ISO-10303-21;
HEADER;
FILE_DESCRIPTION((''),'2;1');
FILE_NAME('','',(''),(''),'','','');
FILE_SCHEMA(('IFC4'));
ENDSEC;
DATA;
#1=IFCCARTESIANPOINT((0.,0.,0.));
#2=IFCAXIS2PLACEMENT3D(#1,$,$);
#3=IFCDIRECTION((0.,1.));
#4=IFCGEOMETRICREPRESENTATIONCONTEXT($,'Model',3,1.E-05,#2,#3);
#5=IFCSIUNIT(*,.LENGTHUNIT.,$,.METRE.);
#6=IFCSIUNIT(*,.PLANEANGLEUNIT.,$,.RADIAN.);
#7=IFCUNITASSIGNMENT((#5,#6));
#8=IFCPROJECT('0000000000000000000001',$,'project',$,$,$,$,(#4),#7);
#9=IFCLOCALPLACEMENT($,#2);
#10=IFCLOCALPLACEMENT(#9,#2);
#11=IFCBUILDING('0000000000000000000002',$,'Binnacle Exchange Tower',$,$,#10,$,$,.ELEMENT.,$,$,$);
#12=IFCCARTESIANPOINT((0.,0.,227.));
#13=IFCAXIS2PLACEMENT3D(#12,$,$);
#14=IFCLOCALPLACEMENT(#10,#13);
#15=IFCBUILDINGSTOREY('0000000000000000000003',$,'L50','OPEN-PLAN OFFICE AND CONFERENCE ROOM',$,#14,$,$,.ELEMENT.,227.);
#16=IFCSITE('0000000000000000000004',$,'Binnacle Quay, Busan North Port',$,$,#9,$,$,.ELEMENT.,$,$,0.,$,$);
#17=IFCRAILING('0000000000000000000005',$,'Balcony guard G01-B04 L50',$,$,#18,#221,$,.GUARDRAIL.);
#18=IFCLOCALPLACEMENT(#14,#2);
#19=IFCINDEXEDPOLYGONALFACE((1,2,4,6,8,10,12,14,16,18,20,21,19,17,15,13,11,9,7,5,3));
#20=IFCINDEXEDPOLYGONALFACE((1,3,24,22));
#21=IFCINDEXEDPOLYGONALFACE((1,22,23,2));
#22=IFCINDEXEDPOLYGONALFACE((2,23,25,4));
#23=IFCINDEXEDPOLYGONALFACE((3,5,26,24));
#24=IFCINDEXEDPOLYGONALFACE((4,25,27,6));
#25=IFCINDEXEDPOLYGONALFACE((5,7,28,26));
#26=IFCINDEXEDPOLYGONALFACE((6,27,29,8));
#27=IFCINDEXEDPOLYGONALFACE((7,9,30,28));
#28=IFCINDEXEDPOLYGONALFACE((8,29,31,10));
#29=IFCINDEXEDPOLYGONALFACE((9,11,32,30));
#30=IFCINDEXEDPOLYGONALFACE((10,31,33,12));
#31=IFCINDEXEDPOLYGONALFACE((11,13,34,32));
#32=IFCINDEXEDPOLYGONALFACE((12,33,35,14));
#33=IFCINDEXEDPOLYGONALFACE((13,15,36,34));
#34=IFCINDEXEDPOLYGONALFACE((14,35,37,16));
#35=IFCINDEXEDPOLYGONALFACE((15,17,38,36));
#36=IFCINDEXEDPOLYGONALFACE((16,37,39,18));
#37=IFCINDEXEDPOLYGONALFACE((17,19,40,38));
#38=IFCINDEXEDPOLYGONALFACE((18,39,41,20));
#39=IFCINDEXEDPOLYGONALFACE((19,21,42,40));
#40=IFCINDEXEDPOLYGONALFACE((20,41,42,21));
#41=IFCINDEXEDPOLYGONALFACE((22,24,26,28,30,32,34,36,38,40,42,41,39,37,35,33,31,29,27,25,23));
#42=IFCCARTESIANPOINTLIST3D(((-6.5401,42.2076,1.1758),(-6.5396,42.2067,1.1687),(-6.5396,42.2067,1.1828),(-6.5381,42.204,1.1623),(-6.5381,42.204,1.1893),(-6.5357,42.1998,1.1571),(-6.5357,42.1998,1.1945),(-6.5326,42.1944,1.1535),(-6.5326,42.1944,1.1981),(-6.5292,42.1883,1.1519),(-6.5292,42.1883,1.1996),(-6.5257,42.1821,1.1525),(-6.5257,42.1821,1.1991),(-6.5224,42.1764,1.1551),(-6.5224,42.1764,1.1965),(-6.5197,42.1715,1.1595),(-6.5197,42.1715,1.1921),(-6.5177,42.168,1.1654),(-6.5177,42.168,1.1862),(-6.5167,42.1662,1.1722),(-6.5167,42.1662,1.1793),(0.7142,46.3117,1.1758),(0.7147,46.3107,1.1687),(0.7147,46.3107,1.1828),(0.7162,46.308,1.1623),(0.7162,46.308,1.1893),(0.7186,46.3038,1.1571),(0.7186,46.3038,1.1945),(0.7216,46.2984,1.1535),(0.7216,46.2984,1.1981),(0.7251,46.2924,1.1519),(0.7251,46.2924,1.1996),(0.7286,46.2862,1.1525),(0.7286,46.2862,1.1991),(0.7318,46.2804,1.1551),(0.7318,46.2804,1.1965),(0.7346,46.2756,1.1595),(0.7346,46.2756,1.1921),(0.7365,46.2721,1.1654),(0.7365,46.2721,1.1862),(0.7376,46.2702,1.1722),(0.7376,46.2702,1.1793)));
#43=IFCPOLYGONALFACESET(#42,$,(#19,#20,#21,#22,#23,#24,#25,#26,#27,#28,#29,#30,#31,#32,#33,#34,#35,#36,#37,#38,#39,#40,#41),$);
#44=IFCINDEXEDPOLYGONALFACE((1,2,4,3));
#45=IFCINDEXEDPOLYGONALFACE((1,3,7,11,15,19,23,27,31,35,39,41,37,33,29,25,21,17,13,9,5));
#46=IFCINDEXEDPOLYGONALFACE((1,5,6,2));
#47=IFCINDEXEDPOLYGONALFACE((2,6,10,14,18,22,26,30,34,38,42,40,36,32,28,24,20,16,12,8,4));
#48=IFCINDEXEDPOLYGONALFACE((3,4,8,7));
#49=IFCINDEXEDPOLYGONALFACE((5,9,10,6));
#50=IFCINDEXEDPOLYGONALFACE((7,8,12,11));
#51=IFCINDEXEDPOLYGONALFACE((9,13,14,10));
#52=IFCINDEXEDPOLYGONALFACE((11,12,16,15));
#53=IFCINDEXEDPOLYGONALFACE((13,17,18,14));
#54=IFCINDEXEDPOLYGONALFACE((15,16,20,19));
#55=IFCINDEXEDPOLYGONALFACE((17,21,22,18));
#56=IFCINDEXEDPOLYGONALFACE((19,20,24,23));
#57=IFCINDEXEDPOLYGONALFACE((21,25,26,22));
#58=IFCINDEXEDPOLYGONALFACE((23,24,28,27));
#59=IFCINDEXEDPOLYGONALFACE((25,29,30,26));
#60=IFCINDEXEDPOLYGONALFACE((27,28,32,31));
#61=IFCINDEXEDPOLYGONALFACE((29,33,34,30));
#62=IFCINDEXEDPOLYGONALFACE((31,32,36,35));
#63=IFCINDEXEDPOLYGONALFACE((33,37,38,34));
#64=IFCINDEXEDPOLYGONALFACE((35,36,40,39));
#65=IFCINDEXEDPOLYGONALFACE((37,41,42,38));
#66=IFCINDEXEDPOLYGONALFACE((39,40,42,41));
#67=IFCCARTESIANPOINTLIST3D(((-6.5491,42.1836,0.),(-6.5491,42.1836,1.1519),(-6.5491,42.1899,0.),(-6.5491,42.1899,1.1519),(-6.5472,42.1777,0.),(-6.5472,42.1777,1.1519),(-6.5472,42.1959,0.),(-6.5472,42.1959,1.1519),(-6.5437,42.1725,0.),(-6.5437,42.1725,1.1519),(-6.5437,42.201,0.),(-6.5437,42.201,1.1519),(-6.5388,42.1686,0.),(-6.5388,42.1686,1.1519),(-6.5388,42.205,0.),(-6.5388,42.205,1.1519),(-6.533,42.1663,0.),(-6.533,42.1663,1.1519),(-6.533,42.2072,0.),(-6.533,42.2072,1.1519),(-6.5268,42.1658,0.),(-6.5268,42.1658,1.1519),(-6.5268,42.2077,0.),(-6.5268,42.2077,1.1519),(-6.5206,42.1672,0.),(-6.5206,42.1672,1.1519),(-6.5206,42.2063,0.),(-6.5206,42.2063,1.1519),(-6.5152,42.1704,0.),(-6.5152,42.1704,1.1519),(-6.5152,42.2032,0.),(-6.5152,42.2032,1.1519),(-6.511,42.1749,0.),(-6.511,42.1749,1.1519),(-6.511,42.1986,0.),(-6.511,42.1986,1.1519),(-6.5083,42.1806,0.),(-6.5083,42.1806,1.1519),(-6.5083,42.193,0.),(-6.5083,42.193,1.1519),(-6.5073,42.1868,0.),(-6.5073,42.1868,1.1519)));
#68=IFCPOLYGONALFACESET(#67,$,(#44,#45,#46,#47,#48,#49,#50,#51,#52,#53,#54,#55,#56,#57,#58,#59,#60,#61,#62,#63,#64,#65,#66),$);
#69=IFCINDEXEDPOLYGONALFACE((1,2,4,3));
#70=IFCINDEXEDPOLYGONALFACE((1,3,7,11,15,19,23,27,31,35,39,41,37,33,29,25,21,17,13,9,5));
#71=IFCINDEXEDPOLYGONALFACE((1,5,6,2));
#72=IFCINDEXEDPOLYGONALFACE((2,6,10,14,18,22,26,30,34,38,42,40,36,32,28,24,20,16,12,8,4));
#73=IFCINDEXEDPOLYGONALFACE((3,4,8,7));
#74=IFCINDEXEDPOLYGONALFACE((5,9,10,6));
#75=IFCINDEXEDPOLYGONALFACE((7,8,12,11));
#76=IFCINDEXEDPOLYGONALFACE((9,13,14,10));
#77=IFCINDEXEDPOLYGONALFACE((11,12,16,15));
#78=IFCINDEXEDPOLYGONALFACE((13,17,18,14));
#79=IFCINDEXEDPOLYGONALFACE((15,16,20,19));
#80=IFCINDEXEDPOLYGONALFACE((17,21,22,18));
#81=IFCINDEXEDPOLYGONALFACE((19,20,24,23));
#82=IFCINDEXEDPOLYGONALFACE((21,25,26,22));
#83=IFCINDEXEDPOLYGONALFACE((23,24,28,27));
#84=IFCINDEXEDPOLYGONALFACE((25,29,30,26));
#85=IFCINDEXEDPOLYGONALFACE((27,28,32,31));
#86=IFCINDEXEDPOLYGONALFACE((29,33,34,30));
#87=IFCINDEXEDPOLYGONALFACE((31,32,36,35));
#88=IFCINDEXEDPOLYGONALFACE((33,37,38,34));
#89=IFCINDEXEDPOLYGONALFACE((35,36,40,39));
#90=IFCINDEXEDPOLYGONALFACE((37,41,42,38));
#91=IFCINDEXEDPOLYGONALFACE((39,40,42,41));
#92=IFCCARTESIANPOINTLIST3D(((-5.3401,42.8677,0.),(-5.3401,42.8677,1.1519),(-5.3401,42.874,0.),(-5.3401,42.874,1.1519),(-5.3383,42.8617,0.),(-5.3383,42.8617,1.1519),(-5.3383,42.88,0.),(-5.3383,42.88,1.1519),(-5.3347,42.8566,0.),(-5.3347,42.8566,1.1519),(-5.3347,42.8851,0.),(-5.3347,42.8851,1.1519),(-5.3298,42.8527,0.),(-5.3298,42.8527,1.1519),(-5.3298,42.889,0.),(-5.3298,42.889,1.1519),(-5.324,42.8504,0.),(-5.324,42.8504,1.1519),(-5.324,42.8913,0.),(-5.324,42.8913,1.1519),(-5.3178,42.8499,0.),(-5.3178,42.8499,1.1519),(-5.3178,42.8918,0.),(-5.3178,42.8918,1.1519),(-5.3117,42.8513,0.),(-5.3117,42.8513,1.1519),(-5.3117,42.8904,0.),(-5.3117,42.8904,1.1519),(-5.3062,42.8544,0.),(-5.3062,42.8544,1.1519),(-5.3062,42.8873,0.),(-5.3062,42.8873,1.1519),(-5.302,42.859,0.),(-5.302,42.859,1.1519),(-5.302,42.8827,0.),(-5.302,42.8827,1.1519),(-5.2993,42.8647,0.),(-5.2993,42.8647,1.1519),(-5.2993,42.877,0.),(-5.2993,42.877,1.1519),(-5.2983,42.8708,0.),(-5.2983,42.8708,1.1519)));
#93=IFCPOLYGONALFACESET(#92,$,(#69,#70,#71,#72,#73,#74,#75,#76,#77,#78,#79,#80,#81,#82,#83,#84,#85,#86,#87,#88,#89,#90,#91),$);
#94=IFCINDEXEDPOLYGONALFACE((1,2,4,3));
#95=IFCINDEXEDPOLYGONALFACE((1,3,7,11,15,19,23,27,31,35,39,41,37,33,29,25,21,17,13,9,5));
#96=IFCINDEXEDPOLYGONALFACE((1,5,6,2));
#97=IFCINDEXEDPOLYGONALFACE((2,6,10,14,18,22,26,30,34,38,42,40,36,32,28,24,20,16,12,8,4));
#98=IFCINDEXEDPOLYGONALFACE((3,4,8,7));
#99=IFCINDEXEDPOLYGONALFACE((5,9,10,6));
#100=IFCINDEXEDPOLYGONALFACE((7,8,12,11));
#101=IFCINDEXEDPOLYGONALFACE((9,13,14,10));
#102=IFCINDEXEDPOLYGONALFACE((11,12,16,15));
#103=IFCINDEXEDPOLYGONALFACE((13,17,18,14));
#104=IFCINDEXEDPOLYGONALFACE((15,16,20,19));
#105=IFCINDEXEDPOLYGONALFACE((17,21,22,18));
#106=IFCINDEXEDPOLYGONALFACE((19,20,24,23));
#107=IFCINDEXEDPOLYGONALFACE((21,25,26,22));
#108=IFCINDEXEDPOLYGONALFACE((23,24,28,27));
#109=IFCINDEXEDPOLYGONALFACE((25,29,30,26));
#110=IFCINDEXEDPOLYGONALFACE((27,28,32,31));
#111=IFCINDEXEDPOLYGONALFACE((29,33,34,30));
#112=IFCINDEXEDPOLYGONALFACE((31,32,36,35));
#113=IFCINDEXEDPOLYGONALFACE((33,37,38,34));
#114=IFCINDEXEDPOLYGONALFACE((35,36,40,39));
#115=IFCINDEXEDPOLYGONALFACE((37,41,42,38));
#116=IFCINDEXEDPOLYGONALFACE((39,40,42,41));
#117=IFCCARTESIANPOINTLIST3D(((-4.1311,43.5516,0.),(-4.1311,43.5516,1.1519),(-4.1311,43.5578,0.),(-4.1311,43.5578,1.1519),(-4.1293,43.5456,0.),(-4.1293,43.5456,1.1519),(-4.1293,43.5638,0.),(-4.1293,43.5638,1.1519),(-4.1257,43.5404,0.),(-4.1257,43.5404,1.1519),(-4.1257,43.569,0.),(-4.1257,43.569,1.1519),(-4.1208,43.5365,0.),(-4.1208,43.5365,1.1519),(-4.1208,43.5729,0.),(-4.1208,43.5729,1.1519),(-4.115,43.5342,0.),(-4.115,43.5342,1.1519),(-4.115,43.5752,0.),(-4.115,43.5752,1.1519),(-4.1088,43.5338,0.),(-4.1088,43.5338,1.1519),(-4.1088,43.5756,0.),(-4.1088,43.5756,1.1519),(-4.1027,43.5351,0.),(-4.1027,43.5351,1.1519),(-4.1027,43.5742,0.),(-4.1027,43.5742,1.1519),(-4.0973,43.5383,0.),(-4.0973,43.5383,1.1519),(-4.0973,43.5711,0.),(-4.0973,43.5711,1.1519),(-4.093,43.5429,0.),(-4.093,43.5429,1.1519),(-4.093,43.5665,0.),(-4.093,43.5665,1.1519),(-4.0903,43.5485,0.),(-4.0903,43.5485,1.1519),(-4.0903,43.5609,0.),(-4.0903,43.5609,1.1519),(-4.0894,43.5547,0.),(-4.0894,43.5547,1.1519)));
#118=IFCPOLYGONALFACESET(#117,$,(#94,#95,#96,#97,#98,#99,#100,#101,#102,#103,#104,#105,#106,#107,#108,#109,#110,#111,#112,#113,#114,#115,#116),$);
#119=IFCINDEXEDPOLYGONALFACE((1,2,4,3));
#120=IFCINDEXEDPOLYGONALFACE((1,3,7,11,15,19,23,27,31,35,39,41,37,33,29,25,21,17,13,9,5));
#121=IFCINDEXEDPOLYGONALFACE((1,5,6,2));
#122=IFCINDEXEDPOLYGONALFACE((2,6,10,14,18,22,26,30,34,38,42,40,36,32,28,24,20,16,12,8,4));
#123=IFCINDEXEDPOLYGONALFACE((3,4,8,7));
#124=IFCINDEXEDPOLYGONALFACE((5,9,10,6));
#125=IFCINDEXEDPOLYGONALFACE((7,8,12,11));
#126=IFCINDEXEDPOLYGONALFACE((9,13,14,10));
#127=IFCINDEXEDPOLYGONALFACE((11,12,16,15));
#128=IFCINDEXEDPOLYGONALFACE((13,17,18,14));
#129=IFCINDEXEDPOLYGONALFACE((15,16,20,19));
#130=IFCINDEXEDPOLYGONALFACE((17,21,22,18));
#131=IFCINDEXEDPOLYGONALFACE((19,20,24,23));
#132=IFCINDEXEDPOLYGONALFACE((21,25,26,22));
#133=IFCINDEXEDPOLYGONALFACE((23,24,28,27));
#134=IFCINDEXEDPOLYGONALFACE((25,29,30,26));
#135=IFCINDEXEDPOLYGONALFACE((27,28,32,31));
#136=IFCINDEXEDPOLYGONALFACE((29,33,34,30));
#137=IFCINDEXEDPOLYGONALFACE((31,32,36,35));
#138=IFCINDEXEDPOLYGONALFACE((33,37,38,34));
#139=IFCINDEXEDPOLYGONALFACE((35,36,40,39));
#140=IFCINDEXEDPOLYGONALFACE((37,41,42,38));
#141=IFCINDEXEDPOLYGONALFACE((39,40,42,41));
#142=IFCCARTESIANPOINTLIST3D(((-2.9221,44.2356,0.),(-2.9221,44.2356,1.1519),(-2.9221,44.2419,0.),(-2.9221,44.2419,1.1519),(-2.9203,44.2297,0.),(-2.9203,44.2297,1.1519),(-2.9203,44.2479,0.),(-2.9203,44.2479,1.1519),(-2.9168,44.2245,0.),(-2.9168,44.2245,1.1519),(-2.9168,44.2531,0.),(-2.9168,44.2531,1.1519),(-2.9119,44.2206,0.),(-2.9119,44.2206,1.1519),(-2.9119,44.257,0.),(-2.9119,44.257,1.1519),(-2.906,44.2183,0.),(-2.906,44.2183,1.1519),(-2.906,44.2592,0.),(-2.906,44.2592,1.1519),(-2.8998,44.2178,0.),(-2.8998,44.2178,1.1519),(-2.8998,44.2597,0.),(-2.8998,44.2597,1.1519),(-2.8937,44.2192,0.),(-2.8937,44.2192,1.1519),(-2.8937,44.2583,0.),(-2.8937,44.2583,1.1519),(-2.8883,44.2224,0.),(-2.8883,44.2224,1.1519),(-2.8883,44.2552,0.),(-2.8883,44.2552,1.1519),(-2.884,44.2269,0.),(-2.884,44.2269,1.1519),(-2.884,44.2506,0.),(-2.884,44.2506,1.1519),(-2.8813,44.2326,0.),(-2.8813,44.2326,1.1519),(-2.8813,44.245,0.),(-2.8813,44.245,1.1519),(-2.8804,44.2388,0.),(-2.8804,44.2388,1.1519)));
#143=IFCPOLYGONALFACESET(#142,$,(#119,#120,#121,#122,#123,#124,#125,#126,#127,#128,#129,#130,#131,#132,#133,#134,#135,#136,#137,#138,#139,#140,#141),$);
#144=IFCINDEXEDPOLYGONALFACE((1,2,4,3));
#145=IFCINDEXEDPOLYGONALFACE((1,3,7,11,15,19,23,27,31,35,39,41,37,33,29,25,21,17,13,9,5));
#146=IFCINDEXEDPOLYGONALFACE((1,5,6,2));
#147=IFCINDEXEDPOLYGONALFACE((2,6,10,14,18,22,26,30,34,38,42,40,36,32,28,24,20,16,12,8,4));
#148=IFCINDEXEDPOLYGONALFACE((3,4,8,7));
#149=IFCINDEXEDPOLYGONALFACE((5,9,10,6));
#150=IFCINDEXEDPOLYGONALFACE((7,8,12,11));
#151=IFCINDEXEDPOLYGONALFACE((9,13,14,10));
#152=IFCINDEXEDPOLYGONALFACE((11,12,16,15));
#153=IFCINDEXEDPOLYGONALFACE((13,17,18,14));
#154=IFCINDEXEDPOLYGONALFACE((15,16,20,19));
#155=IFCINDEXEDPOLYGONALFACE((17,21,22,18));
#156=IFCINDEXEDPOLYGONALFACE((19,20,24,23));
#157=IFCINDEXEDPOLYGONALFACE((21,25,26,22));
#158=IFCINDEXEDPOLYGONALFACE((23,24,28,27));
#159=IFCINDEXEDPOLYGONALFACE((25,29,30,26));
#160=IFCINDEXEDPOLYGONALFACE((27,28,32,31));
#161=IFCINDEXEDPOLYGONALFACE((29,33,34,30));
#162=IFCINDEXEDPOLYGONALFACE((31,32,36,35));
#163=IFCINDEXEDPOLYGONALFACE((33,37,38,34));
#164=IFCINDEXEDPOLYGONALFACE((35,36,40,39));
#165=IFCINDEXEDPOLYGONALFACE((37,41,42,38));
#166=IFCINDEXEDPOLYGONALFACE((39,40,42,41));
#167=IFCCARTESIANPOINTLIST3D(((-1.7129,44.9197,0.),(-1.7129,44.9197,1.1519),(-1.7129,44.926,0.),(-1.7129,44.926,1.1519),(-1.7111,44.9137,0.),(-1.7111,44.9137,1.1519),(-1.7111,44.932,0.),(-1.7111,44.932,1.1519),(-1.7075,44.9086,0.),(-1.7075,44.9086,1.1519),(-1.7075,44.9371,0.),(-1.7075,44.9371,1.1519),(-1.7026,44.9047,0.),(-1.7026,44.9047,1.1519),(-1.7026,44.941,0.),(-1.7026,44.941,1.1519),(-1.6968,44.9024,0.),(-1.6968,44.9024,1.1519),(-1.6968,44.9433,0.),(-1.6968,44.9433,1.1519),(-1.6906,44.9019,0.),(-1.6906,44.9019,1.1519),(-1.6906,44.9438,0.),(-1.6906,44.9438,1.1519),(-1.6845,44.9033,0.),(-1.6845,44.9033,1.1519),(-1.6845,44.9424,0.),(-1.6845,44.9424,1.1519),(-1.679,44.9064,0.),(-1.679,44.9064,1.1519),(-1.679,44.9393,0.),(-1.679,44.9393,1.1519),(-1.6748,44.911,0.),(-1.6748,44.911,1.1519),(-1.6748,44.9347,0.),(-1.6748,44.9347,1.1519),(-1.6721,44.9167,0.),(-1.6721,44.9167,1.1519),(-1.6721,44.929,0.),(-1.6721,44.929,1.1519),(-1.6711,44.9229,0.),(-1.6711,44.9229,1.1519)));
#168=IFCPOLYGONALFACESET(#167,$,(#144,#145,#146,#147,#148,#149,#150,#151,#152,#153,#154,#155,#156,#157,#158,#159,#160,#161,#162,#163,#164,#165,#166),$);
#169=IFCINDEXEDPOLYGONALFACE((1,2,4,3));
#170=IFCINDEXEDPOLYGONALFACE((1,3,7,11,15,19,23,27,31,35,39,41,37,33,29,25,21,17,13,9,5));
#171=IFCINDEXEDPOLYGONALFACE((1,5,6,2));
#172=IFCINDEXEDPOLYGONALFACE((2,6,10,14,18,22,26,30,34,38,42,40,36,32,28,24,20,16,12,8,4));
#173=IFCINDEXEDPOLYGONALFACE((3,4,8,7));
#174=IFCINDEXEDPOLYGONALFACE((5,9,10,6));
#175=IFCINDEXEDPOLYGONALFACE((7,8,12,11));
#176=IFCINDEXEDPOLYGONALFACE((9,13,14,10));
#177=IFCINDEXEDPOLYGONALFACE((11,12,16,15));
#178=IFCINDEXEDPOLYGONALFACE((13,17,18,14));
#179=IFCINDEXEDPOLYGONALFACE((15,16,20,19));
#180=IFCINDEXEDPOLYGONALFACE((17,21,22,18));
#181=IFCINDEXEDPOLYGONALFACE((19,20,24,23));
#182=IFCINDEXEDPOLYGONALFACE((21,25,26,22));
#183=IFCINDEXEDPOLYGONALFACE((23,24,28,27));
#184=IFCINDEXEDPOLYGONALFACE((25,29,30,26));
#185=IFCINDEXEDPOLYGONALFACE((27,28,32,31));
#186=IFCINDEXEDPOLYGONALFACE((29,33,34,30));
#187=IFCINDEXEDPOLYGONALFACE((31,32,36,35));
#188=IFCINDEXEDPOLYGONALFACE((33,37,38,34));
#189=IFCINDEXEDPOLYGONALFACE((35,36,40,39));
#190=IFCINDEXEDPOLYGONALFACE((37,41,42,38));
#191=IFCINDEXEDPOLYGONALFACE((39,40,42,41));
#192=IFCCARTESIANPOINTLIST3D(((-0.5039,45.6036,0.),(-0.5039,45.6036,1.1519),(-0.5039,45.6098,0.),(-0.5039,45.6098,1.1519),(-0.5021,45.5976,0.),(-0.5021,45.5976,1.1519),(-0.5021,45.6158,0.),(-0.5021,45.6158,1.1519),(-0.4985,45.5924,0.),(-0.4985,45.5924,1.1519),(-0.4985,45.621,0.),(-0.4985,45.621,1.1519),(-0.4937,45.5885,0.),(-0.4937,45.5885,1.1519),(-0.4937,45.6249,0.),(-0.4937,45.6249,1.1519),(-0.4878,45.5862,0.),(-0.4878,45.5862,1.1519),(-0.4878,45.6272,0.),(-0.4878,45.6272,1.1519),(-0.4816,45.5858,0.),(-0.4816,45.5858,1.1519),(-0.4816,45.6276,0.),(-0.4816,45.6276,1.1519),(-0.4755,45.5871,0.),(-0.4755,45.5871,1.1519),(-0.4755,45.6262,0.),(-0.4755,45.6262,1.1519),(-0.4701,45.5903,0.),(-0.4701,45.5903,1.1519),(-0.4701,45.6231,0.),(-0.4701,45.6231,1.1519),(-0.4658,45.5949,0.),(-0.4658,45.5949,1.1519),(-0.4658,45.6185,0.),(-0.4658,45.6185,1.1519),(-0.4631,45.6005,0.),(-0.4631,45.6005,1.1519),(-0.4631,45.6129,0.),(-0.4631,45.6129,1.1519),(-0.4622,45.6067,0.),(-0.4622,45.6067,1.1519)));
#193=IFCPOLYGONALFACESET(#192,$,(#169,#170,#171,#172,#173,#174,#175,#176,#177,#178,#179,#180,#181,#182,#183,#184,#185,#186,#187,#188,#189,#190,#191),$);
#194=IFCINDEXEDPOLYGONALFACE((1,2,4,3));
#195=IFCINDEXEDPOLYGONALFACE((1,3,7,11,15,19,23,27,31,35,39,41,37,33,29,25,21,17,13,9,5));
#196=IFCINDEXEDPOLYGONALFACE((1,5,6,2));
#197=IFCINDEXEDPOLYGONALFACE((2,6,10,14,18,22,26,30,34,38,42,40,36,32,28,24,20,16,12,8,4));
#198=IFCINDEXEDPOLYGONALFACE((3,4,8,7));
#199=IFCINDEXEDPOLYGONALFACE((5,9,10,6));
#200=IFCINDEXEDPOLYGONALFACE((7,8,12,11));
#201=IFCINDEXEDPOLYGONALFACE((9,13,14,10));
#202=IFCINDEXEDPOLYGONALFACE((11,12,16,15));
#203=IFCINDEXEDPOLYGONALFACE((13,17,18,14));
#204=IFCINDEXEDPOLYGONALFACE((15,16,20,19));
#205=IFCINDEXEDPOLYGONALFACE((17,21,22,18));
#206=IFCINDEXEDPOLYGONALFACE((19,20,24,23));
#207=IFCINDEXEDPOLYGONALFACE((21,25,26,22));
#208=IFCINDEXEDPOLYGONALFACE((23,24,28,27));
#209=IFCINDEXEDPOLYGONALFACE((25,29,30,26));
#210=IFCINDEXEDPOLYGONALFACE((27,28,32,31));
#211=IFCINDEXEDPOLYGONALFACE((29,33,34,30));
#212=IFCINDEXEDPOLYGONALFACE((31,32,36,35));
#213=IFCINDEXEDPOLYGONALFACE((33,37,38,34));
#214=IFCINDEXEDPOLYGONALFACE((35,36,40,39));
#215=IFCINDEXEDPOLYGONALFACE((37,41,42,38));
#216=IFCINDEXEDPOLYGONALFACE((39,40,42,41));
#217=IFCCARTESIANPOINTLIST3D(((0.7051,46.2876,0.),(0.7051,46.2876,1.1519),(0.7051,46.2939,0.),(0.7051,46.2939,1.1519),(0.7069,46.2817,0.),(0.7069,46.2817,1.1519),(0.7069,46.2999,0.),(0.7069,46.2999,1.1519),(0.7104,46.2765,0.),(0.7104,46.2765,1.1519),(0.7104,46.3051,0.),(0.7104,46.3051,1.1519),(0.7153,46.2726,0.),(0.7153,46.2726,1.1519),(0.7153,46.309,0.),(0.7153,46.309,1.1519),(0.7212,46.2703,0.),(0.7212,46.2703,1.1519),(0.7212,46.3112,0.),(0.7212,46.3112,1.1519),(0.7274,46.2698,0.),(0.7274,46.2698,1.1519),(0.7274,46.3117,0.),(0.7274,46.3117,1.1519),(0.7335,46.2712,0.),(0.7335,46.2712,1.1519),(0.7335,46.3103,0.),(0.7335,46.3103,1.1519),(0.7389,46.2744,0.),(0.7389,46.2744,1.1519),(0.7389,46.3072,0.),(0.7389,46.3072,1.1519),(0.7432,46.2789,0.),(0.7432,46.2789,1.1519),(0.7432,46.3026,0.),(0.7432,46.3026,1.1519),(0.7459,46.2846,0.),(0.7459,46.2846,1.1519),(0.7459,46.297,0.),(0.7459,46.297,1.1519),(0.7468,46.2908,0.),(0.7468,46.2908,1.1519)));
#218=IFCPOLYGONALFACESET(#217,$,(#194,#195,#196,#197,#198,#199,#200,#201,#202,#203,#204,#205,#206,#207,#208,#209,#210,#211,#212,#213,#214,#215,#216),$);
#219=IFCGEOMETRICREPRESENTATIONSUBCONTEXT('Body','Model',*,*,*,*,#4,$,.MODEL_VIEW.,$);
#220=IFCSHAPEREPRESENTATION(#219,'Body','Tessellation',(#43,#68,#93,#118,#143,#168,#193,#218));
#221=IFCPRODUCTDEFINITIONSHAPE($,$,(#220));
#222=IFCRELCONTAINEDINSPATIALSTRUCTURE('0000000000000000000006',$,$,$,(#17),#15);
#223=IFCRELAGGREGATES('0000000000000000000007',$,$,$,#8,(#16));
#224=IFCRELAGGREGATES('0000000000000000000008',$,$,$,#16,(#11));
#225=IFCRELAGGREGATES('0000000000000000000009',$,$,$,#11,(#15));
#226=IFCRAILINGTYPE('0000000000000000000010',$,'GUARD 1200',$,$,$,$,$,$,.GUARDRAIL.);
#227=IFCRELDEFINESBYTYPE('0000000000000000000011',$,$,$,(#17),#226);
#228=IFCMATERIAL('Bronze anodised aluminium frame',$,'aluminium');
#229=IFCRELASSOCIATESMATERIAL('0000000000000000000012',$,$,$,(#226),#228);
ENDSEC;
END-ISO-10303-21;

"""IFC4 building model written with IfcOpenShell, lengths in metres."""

from ifc_helpers import new_model, si_unit, direction, frame, origin, origin_2d, place, context, subcontext, project, spatial, circle, extrude, material, type_object, element, save


model = new_model("IFC4")

# Units and contexts
model_context = context("Model", 3, precision=1e-05, world=origin(), true_north=direction((0.0, 1.0)))
body_context = subcontext(model_context, "Body", "Model", "MODEL_VIEW")
ifc_project = project(units=[si_unit("LENGTHUNIT", "METRE"), si_unit("PLANEANGLEUNIT", "RADIAN")], contexts=[model_context])

# Site, building, storey
site_placement = place(None, origin())
site = spatial("IfcSite", under=ifc_project, at=site_placement, Name="Binnacle Quay, Busan North Port", CompositionType="ELEMENT", RefElevation=0.0)
building_placement = place(site_placement, origin())
building = spatial("IfcBuilding", under=site, at=building_placement, Name="Binnacle Exchange Tower", CompositionType="ELEMENT")
storey_placement = place(building_placement, frame((0.0, 0.0, 227.0)))
storey = spatial("IfcBuildingStorey", under=building, at=storey_placement, Name="L50", Description="OPEN-PLAN OFFICE AND CONFERENCE ROOM", CompositionType="ELEMENT", Elevation=227.0)

# Shared definitions
ifc_material_1 = material(Name="Bronze anodised aluminium frame", Category="aluminium")

# Railing
railing_type = type_object("IfcRailingType", Name="GUARD 1200", PredefinedType="GUARDRAIL", material=ifc_material_1)
railing_1_placement = place(storey_placement, frame((-6.5283, 42.1868, 0.0)))
element("IfcRailing", 1, at=railing_1_placement, inside=storey, type_object=railing_type, Name="Balcony guard G01-B04 L50", PredefinedType="GUARDRAIL", context=body_context, shape_type="SweptSolid", body=[
    extrude(circle(Radius=0.0239, at=origin_2d()), frame((0.0, 0.0, 1.1758), z_axis=(0.870366, 0.492406, 0.0), x_axis=(-0.492406, 0.870366, 0.0)), (0.0, 0.0, 1.0), 8.3347),
    extrude(circle(Radius=0.021, at=origin_2d()), origin(), (0.0, 0.0, 1.0), 1.1519),
    extrude(circle(Radius=0.021, at=origin_2d()), frame((1.209, 0.6841, 0.0)), (0.0, 0.0, 1.0), 1.1519),
    extrude(circle(Radius=0.021, at=origin_2d()), frame((2.418, 1.3679, 0.0)), (0.0, 0.0, 1.0), 1.1519),
    extrude(circle(Radius=0.021, at=origin_2d()), frame((3.627, 2.052, 0.0)), (0.0, 0.0, 1.0), 1.1519),
    extrude(circle(Radius=0.021, at=origin_2d()), frame((4.8362, 2.7361, 0.0)), (0.0, 0.0, 1.0), 1.1519),
    extrude(circle(Radius=0.021, at=origin_2d()), frame((6.0452, 3.4199, 0.0)), (0.0, 0.0, 1.0), 1.1519),
    extrude(circle(Radius=0.021, at=origin_2d()), frame((7.2542, 4.104, 0.0)), (0.0, 0.0, 1.0), 1.1519),
])

save(model, "model.ifc")
